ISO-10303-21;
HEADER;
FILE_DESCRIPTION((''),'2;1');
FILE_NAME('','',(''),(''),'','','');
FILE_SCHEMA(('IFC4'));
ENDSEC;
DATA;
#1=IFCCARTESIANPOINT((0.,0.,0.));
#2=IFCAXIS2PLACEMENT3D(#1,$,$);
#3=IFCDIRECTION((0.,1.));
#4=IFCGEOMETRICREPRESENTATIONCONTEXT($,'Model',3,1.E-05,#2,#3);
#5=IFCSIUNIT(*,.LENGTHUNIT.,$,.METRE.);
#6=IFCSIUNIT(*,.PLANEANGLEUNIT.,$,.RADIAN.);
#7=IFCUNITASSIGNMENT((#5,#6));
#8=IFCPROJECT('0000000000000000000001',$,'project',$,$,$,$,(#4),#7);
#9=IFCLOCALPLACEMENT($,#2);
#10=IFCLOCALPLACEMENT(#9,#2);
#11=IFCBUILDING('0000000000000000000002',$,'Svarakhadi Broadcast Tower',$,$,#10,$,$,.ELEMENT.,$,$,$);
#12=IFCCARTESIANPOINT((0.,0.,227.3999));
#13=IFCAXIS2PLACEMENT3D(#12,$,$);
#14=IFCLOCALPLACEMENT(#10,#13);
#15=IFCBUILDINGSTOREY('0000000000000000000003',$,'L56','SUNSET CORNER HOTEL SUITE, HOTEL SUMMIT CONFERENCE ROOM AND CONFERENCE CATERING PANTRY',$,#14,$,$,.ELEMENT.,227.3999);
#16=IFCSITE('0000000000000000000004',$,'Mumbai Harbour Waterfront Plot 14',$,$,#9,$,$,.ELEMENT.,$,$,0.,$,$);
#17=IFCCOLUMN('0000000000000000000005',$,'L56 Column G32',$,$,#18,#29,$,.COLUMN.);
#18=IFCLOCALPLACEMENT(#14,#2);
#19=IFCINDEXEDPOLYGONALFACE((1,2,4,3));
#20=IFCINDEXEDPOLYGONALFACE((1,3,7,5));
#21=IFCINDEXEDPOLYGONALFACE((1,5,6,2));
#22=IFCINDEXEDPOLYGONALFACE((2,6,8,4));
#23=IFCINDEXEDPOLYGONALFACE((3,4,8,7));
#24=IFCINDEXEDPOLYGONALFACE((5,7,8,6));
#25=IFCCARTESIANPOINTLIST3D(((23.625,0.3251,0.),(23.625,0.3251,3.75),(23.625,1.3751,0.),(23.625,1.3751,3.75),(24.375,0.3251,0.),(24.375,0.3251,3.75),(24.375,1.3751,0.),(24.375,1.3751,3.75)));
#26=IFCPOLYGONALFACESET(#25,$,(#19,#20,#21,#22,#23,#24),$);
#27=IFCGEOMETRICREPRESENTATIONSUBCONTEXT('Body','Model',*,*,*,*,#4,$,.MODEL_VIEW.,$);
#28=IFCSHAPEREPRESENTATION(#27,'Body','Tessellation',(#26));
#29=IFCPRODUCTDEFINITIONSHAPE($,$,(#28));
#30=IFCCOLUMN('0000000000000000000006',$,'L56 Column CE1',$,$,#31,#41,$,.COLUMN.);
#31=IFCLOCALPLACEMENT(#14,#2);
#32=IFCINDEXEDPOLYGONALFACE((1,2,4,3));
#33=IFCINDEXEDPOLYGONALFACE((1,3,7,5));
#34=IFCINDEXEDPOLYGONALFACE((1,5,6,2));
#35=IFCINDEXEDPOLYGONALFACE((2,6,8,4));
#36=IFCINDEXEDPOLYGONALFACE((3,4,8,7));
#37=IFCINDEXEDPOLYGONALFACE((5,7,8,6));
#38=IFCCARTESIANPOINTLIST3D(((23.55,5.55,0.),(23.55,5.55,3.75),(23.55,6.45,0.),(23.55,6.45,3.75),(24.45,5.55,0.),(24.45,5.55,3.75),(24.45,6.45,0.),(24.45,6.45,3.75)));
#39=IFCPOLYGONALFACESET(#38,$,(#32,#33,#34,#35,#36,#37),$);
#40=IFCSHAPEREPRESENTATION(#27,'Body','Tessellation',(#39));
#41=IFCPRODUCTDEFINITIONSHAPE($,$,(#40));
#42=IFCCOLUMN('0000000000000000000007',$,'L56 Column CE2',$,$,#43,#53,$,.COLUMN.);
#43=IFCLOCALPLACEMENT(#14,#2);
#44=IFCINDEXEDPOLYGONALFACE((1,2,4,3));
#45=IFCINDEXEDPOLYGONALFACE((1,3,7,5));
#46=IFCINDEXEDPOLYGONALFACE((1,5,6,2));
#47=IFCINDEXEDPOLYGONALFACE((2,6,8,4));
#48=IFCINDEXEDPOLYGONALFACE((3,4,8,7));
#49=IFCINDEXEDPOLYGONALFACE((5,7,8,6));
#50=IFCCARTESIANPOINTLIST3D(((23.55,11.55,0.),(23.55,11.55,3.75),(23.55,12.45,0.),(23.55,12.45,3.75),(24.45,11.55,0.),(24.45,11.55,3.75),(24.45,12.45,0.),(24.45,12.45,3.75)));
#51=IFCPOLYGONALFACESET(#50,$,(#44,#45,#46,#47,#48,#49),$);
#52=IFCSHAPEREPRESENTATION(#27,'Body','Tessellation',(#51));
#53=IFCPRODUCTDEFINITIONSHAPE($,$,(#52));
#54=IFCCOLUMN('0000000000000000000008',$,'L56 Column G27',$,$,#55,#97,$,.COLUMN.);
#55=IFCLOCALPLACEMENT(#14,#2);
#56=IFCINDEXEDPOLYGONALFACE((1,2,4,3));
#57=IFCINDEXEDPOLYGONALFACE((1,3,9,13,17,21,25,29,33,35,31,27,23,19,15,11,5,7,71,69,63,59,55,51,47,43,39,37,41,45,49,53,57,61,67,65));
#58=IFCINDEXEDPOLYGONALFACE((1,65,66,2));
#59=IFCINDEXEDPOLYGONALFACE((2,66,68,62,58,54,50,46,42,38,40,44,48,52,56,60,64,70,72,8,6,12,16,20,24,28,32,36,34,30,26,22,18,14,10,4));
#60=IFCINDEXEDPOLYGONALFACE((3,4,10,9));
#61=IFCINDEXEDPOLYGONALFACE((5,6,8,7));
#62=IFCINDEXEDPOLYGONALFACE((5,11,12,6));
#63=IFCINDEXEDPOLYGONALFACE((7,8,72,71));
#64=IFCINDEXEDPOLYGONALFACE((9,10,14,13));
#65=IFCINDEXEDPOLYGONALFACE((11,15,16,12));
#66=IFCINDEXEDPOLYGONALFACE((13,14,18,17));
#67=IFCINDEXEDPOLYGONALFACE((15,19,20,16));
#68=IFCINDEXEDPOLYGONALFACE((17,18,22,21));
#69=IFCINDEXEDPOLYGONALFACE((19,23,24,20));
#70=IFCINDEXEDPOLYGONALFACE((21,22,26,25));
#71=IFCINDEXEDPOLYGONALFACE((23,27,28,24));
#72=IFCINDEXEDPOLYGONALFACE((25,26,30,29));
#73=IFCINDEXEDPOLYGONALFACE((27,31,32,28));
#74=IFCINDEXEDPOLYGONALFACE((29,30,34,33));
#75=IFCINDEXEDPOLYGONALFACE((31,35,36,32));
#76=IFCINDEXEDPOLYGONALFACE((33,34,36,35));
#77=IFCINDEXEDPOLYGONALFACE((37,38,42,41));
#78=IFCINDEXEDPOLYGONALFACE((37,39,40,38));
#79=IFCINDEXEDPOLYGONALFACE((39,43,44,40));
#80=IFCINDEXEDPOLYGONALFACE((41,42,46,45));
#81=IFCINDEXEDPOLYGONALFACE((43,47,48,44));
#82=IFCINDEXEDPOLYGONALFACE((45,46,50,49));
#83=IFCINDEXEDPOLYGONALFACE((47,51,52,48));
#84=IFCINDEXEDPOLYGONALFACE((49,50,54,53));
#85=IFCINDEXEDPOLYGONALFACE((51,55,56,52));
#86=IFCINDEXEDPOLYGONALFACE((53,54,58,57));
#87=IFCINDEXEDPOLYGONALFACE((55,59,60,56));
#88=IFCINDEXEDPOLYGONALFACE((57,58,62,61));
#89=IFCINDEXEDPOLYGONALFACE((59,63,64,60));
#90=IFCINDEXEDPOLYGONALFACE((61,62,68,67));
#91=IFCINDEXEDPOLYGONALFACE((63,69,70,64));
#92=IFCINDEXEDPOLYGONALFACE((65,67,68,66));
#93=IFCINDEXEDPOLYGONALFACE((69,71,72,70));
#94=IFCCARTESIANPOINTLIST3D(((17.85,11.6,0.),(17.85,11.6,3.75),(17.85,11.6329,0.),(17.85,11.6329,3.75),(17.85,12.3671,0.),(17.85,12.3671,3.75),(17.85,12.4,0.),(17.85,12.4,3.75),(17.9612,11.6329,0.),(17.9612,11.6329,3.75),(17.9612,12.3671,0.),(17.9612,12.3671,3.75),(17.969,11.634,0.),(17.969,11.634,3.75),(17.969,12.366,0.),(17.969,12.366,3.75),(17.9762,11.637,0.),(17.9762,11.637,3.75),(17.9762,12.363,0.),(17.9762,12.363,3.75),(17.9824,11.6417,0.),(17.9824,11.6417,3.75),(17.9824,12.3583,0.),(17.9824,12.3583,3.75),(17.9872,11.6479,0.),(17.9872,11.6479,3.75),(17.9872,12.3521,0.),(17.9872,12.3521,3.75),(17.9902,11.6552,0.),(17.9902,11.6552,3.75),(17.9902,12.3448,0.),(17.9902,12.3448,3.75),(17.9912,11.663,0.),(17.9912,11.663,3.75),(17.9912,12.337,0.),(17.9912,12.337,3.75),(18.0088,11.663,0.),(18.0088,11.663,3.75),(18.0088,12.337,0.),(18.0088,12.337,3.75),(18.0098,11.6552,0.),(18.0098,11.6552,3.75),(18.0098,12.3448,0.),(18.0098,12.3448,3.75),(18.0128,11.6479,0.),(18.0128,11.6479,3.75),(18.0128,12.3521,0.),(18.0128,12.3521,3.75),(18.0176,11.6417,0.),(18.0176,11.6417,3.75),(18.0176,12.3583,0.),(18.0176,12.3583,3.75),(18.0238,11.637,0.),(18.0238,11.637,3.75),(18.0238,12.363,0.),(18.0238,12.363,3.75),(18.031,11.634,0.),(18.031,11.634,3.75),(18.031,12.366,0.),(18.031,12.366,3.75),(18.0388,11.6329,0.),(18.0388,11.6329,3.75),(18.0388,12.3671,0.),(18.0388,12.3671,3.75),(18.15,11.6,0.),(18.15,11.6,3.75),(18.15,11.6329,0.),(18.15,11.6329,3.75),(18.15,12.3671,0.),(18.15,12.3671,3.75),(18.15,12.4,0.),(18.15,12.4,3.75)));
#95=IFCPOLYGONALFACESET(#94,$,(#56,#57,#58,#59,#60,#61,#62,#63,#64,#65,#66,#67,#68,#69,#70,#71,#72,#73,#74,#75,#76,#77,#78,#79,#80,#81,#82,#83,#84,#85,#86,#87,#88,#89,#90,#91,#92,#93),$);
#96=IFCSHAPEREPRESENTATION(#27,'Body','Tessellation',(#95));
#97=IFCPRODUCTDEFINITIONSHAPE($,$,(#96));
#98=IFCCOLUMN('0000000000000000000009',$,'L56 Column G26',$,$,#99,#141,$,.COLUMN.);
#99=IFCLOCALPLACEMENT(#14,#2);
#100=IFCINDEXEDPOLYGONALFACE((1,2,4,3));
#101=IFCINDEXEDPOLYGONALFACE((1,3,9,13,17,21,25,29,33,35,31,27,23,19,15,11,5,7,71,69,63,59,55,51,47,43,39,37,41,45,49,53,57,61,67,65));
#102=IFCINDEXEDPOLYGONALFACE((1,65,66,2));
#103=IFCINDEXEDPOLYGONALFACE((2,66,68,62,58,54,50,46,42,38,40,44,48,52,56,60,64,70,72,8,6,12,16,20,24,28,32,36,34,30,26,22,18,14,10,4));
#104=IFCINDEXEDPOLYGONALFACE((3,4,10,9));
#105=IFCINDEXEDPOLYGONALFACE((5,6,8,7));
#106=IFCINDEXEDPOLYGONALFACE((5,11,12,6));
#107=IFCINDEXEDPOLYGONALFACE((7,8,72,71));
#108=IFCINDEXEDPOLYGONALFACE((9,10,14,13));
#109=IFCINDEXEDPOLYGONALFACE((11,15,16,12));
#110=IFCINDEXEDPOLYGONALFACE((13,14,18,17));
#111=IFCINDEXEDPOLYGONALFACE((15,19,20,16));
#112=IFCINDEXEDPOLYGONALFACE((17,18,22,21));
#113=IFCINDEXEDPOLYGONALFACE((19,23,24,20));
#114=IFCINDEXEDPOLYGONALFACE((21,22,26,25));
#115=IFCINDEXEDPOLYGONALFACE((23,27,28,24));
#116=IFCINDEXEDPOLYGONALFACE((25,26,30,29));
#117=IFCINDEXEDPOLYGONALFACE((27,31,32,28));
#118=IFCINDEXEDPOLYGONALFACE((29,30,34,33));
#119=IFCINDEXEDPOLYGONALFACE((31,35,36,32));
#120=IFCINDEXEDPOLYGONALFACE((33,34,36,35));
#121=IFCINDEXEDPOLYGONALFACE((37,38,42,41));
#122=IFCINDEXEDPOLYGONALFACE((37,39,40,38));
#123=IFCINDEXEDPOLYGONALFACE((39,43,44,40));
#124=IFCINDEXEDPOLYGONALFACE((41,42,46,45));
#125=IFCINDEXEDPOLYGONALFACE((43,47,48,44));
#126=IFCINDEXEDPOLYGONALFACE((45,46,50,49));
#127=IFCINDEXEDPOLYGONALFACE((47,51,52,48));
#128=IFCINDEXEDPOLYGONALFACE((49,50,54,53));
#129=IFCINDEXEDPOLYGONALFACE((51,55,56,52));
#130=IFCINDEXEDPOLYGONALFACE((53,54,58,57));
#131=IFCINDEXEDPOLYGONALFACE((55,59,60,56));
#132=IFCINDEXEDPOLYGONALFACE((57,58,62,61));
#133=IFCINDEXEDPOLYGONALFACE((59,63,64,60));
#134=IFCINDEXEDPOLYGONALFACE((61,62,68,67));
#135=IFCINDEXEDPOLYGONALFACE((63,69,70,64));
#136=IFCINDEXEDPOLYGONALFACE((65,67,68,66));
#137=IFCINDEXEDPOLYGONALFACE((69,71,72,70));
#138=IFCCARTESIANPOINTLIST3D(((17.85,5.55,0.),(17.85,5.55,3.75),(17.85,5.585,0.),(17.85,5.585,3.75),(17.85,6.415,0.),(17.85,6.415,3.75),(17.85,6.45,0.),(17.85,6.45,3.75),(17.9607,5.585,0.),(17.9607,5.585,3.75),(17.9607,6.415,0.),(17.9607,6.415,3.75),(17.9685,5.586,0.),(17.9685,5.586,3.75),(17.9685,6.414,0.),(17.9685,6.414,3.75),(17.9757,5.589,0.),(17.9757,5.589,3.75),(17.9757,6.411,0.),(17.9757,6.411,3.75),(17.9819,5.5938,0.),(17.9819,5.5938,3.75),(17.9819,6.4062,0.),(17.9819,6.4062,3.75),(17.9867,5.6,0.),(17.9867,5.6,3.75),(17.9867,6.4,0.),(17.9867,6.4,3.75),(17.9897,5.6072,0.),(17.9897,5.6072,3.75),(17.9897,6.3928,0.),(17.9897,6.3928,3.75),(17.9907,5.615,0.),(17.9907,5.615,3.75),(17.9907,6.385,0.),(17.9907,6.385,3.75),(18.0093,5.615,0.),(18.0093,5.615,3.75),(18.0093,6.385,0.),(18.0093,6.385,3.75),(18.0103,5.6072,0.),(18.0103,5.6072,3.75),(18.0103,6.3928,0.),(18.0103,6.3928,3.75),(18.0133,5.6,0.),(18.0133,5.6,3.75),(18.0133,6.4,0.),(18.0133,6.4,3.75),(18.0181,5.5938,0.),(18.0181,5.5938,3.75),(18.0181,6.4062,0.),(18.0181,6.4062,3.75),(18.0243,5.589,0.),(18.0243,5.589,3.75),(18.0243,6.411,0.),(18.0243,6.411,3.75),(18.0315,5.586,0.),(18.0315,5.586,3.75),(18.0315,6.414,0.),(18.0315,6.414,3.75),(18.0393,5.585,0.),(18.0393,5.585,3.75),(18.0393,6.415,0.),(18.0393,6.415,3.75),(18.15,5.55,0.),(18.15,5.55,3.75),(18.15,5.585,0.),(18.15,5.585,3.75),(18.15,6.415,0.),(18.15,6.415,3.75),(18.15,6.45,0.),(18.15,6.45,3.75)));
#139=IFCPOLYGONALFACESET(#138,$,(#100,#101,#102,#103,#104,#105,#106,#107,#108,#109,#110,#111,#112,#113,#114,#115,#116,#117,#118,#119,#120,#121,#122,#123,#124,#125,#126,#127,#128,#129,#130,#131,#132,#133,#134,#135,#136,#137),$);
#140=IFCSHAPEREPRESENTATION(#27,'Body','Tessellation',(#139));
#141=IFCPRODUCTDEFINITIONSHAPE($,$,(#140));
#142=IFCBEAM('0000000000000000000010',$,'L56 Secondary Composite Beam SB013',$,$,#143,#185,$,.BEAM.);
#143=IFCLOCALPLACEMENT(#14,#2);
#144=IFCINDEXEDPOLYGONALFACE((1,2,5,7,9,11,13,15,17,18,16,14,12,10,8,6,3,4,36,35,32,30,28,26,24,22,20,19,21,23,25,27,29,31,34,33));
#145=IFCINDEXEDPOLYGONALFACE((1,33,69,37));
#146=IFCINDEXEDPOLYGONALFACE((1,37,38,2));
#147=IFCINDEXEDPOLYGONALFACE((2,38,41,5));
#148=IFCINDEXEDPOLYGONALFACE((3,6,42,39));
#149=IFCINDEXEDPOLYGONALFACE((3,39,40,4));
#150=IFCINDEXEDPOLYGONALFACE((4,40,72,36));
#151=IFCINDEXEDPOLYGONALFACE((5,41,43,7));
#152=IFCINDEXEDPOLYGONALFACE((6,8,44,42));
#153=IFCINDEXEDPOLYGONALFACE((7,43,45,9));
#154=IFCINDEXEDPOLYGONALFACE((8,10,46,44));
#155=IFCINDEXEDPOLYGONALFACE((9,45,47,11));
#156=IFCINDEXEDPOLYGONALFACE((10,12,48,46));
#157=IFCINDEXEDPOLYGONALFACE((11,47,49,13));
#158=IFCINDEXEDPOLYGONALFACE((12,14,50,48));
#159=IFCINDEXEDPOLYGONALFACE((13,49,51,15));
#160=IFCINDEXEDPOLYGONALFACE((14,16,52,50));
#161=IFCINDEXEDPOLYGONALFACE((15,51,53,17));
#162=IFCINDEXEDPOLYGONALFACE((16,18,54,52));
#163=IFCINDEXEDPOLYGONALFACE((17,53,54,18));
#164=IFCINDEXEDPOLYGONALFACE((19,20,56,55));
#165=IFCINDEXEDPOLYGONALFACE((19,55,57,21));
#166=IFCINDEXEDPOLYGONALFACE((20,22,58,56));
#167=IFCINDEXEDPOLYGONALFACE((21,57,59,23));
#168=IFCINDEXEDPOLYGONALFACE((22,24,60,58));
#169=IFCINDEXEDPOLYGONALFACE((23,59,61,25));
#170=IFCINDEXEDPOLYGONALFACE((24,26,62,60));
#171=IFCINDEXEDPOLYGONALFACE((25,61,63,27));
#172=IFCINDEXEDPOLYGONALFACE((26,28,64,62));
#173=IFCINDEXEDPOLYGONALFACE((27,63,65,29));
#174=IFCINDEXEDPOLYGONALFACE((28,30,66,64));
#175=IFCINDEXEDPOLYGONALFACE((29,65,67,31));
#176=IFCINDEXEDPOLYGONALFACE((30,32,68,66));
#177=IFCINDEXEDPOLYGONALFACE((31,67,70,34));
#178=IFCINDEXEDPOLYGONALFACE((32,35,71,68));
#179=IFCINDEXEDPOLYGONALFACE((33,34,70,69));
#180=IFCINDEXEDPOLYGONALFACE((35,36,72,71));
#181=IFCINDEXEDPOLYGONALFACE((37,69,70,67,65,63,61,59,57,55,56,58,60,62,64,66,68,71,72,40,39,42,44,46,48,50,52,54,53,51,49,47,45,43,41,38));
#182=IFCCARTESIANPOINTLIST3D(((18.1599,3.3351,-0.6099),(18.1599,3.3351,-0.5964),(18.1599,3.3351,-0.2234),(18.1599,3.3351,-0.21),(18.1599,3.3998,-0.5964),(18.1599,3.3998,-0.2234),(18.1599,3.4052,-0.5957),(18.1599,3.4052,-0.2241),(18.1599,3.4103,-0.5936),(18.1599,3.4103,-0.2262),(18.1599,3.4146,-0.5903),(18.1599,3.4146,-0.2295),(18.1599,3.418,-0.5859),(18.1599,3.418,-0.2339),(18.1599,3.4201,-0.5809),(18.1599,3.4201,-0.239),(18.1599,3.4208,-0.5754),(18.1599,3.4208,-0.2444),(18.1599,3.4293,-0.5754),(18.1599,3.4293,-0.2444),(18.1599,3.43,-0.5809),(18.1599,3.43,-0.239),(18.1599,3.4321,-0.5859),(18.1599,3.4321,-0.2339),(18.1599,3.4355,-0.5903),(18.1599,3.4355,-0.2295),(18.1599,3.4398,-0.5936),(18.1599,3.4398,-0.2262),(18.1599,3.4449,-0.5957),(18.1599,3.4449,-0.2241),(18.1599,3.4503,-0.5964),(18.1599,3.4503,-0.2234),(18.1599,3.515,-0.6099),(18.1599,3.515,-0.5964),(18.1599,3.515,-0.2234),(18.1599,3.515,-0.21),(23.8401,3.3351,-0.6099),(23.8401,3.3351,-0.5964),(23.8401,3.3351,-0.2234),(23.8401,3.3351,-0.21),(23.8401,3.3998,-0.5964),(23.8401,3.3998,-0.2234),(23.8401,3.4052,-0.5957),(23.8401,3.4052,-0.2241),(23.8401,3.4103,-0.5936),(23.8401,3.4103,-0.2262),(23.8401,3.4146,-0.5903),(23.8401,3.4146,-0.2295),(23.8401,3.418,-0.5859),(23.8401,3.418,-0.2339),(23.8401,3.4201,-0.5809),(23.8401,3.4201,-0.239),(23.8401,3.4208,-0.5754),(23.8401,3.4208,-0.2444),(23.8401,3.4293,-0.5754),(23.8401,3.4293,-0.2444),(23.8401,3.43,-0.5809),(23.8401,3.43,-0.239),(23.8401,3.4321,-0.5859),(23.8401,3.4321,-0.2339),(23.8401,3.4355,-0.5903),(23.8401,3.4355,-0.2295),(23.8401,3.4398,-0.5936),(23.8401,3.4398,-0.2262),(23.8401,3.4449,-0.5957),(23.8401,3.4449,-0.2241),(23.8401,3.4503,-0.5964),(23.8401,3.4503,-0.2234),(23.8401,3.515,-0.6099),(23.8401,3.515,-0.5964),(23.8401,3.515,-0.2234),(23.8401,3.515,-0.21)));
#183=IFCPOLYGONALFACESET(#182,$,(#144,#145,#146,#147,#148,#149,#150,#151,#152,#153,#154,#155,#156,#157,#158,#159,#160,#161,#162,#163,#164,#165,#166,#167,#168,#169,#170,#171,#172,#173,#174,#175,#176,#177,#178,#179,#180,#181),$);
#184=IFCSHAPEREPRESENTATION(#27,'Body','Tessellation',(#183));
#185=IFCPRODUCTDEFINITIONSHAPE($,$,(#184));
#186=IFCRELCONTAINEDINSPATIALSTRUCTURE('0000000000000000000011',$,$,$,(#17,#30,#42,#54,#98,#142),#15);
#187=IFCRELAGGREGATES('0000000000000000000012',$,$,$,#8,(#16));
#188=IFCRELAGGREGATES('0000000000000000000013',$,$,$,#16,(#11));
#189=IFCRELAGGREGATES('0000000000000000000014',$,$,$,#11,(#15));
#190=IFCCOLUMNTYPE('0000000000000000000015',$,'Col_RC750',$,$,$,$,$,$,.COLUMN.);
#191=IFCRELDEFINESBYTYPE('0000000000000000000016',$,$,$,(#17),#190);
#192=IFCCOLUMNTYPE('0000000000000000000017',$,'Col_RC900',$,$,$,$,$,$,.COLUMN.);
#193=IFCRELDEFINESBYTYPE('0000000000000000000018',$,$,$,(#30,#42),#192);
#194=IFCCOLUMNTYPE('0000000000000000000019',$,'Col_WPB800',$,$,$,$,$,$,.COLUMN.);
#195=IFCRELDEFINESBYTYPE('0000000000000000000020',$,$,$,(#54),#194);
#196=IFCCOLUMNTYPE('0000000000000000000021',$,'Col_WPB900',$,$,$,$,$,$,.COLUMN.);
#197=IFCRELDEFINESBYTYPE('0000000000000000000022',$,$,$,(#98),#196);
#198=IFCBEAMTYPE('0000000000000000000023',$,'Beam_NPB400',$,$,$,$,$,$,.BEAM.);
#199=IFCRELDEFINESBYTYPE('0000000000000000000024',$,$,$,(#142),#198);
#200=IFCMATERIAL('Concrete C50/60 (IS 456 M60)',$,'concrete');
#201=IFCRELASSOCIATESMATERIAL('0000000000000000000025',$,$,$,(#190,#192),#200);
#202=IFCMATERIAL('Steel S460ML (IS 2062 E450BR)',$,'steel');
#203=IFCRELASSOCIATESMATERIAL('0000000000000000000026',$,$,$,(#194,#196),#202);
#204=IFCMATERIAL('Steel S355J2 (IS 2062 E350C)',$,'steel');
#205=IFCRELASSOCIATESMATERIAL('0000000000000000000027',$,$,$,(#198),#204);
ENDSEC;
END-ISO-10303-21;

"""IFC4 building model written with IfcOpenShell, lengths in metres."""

from ifc_helpers import new_model, si_unit, direction, frame, origin, origin_2d, place, context, subcontext, project, spatial, rectangle, i_section, extrude, material, material_profile, profile_set, type_object, element, save


model = new_model("IFC4")

# Units and contexts
model_context = context("Model", 3, precision=1e-05, world=origin(), true_north=direction((0.0, 1.0)))
body_context = subcontext(model_context, "Body", "Model", "MODEL_VIEW")
ifc_project = project(units=[si_unit("LENGTHUNIT", "METRE"), si_unit("PLANEANGLEUNIT", "RADIAN")], contexts=[model_context])

# Site, building, storey
site_placement = place(None, origin())
site = spatial("IfcSite", under=ifc_project, at=site_placement, Name="Mumbai Harbour Waterfront Plot 14", CompositionType="ELEMENT", RefElevation=0.0)
building_placement = place(site_placement, origin())
building = spatial("IfcBuilding", under=site, at=building_placement, Name="Svarakhadi Broadcast Tower", CompositionType="ELEMENT")
storey_placement = place(building_placement, frame((0.0, 0.0, 227.3999)))
storey = spatial("IfcBuildingStorey", under=building, at=storey_placement, Name="L56", Description="SUNSET CORNER HOTEL SUITE, HOTEL SUMMIT CONFERENCE ROOM AND CONFERENCE CATERING PANTRY", CompositionType="ELEMENT", Elevation=227.3999)

# Columns
ifc_material_1 = material(Name="Concrete C50/60 (IS 456 M60)", Category="concrete")
ifc_material_profile_1 = material_profile(ifc_material_1, rectangle(XDim=0.75, YDim=1.05, at=origin_2d()), Name="RC 750x1050")
ifc_profile_set_1 = profile_set([ifc_material_profile_1], Name="Concrete C50/60 (IS 456 M60)")
column_type_1 = type_object("IfcColumnType", Name="Col_RC750", PredefinedType="COLUMN", material=ifc_profile_set_1)
column_1_placement = place(storey_placement, frame((24.0, 0.8501, 0.0), z_axis=(0.0, 0.0, 1.0), x_axis=(1.0, 0.0, 0.0)))
element("IfcColumn", 1, at=column_1_placement, inside=storey, type_object=column_type_1, Name="L56 Column G32", PredefinedType="COLUMN", context=body_context, shape_type="SweptSolid", body=[
    extrude(rectangle(XDim=0.75, YDim=1.05, at=origin_2d()), origin(), (0.0, 0.0, 1.0), 3.75),
])
ifc_material_profile_2 = material_profile(ifc_material_1, rectangle(XDim=0.8999, YDim=0.8999, at=origin_2d()), Name="RC 900x900")
ifc_profile_set_2 = profile_set([ifc_material_profile_2], Name="Concrete C50/60 (IS 456 M60)")
column_type_2 = type_object("IfcColumnType", Name="Col_RC900", PredefinedType="COLUMN", material=ifc_profile_set_2)
for number, where, z_axis, x_axis, name in (
    (2, (24.0, 6.0, 0.0), (0.0, 0.0, 1.0), (1.0, 0.0, 0.0), "L56 Column CE1"),
    (3, (24.0, 12.0, 0.0), (0.0, 0.0, 1.0), (1.0, 0.0, 0.0), "L56 Column CE2"),
):
    element("IfcColumn", number, at=place(storey_placement, frame(where, z_axis=z_axis, x_axis=x_axis)), inside=storey, type_object=column_type_2, Name=name, PredefinedType="COLUMN", context=body_context, shape_type="SweptSolid", body=[
        extrude(rectangle(XDim=0.8999, YDim=0.8999, at=origin_2d()), origin(), (0.0, 0.0, 1.0), 3.75),
    ])
ifc_material_2 = material(Name="Steel S460ML (IS 2062 E450BR)", Category="steel")
ifc_material_profile_3 = material_profile(ifc_material_2, i_section(OverallWidth=0.3, OverallDepth=0.8, WebThickness=0.0176, FlangeThickness=0.033, FilletRadius=0.03, at=origin_2d()), Name="WPB 800x300x262")
ifc_profile_set_3 = profile_set([ifc_material_profile_3], Name="Steel S460ML (IS 2062 E450BR)")
column_type_3 = type_object("IfcColumnType", Name="Col_WPB800", PredefinedType="COLUMN", material=ifc_profile_set_3)
column_2_placement = place(storey_placement, frame((18.0, 12.0, 0.0), z_axis=(0.0, 0.0, 1.0), x_axis=(1.0, 0.0, 0.0)))
element("IfcColumn", 4, at=column_2_placement, inside=storey, type_object=column_type_3, Name="L56 Column G27", PredefinedType="COLUMN", context=body_context, shape_type="SweptSolid", body=[
    extrude(i_section(OverallWidth=0.3, OverallDepth=0.8, WebThickness=0.0176, FlangeThickness=0.033, FilletRadius=0.03, at=origin_2d()), origin(), (0.0, 0.0, 1.0), 3.75),
])
ifc_material_profile_4 = material_profile(ifc_material_2, i_section(OverallWidth=0.3, OverallDepth=0.8999, WebThickness=0.0186, FlangeThickness=0.0349, FilletRadius=0.03, at=origin_2d()), Name="WPB 900x300x291")
ifc_profile_set_4 = profile_set([ifc_material_profile_4], Name="Steel S460ML (IS 2062 E450BR)")
column_type_4 = type_object("IfcColumnType", Name="Col_WPB900", PredefinedType="COLUMN", material=ifc_profile_set_4)
column_3_placement = place(storey_placement, frame((18.0, 6.0, 0.0), z_axis=(0.0, 0.0, 1.0), x_axis=(1.0, 0.0, 0.0)))
element("IfcColumn", 5, at=column_3_placement, inside=storey, type_object=column_type_4, Name="L56 Column G26", PredefinedType="COLUMN", context=body_context, shape_type="SweptSolid", body=[
    extrude(i_section(OverallWidth=0.3, OverallDepth=0.8999, WebThickness=0.0186, FlangeThickness=0.0349, FilletRadius=0.03, at=origin_2d()), origin(), (0.0, 0.0, 1.0), 3.75),
])

# Beam
ifc_material_3 = material(Name="Steel S355J2 (IS 2062 E350C)", Category="steel")
ifc_material_profile_5 = material_profile(ifc_material_3, i_section(OverallWidth=0.1799, OverallDepth=0.3999, WebThickness=0.0085, FlangeThickness=0.0134, FilletRadius=0.021, at=origin_2d()), Name="NPB 400x180x66")
ifc_profile_set_5 = profile_set([ifc_material_profile_5], Name="Steel S355J2 (IS 2062 E350C)")
beam_type_1 = type_object("IfcBeamType", Name="Beam_NPB400", PredefinedType="BEAM", material=ifc_profile_set_5)
for number, where, z_axis, x_axis, name in (
    (6, (18.1599, 3.425, -0.4099), (1.0, 0.0, 0.0), (0.0, 1.0, 0.0), "L56 Secondary Composite Beam SB013"),
):
    element("IfcBeam", number, at=place(storey_placement, frame(where, z_axis=z_axis, x_axis=x_axis)), inside=storey, type_object=beam_type_1, Name=name, PredefinedType="BEAM", context=body_context, shape_type="SweptSolid", body=[
        extrude(i_section(OverallWidth=0.1799, OverallDepth=0.3999, WebThickness=0.0085, FlangeThickness=0.0134, FilletRadius=0.021, at=origin_2d()), origin(), (0.0, 0.0, 1.0), 5.6802),
    ])

save(model, "model.ifc")
